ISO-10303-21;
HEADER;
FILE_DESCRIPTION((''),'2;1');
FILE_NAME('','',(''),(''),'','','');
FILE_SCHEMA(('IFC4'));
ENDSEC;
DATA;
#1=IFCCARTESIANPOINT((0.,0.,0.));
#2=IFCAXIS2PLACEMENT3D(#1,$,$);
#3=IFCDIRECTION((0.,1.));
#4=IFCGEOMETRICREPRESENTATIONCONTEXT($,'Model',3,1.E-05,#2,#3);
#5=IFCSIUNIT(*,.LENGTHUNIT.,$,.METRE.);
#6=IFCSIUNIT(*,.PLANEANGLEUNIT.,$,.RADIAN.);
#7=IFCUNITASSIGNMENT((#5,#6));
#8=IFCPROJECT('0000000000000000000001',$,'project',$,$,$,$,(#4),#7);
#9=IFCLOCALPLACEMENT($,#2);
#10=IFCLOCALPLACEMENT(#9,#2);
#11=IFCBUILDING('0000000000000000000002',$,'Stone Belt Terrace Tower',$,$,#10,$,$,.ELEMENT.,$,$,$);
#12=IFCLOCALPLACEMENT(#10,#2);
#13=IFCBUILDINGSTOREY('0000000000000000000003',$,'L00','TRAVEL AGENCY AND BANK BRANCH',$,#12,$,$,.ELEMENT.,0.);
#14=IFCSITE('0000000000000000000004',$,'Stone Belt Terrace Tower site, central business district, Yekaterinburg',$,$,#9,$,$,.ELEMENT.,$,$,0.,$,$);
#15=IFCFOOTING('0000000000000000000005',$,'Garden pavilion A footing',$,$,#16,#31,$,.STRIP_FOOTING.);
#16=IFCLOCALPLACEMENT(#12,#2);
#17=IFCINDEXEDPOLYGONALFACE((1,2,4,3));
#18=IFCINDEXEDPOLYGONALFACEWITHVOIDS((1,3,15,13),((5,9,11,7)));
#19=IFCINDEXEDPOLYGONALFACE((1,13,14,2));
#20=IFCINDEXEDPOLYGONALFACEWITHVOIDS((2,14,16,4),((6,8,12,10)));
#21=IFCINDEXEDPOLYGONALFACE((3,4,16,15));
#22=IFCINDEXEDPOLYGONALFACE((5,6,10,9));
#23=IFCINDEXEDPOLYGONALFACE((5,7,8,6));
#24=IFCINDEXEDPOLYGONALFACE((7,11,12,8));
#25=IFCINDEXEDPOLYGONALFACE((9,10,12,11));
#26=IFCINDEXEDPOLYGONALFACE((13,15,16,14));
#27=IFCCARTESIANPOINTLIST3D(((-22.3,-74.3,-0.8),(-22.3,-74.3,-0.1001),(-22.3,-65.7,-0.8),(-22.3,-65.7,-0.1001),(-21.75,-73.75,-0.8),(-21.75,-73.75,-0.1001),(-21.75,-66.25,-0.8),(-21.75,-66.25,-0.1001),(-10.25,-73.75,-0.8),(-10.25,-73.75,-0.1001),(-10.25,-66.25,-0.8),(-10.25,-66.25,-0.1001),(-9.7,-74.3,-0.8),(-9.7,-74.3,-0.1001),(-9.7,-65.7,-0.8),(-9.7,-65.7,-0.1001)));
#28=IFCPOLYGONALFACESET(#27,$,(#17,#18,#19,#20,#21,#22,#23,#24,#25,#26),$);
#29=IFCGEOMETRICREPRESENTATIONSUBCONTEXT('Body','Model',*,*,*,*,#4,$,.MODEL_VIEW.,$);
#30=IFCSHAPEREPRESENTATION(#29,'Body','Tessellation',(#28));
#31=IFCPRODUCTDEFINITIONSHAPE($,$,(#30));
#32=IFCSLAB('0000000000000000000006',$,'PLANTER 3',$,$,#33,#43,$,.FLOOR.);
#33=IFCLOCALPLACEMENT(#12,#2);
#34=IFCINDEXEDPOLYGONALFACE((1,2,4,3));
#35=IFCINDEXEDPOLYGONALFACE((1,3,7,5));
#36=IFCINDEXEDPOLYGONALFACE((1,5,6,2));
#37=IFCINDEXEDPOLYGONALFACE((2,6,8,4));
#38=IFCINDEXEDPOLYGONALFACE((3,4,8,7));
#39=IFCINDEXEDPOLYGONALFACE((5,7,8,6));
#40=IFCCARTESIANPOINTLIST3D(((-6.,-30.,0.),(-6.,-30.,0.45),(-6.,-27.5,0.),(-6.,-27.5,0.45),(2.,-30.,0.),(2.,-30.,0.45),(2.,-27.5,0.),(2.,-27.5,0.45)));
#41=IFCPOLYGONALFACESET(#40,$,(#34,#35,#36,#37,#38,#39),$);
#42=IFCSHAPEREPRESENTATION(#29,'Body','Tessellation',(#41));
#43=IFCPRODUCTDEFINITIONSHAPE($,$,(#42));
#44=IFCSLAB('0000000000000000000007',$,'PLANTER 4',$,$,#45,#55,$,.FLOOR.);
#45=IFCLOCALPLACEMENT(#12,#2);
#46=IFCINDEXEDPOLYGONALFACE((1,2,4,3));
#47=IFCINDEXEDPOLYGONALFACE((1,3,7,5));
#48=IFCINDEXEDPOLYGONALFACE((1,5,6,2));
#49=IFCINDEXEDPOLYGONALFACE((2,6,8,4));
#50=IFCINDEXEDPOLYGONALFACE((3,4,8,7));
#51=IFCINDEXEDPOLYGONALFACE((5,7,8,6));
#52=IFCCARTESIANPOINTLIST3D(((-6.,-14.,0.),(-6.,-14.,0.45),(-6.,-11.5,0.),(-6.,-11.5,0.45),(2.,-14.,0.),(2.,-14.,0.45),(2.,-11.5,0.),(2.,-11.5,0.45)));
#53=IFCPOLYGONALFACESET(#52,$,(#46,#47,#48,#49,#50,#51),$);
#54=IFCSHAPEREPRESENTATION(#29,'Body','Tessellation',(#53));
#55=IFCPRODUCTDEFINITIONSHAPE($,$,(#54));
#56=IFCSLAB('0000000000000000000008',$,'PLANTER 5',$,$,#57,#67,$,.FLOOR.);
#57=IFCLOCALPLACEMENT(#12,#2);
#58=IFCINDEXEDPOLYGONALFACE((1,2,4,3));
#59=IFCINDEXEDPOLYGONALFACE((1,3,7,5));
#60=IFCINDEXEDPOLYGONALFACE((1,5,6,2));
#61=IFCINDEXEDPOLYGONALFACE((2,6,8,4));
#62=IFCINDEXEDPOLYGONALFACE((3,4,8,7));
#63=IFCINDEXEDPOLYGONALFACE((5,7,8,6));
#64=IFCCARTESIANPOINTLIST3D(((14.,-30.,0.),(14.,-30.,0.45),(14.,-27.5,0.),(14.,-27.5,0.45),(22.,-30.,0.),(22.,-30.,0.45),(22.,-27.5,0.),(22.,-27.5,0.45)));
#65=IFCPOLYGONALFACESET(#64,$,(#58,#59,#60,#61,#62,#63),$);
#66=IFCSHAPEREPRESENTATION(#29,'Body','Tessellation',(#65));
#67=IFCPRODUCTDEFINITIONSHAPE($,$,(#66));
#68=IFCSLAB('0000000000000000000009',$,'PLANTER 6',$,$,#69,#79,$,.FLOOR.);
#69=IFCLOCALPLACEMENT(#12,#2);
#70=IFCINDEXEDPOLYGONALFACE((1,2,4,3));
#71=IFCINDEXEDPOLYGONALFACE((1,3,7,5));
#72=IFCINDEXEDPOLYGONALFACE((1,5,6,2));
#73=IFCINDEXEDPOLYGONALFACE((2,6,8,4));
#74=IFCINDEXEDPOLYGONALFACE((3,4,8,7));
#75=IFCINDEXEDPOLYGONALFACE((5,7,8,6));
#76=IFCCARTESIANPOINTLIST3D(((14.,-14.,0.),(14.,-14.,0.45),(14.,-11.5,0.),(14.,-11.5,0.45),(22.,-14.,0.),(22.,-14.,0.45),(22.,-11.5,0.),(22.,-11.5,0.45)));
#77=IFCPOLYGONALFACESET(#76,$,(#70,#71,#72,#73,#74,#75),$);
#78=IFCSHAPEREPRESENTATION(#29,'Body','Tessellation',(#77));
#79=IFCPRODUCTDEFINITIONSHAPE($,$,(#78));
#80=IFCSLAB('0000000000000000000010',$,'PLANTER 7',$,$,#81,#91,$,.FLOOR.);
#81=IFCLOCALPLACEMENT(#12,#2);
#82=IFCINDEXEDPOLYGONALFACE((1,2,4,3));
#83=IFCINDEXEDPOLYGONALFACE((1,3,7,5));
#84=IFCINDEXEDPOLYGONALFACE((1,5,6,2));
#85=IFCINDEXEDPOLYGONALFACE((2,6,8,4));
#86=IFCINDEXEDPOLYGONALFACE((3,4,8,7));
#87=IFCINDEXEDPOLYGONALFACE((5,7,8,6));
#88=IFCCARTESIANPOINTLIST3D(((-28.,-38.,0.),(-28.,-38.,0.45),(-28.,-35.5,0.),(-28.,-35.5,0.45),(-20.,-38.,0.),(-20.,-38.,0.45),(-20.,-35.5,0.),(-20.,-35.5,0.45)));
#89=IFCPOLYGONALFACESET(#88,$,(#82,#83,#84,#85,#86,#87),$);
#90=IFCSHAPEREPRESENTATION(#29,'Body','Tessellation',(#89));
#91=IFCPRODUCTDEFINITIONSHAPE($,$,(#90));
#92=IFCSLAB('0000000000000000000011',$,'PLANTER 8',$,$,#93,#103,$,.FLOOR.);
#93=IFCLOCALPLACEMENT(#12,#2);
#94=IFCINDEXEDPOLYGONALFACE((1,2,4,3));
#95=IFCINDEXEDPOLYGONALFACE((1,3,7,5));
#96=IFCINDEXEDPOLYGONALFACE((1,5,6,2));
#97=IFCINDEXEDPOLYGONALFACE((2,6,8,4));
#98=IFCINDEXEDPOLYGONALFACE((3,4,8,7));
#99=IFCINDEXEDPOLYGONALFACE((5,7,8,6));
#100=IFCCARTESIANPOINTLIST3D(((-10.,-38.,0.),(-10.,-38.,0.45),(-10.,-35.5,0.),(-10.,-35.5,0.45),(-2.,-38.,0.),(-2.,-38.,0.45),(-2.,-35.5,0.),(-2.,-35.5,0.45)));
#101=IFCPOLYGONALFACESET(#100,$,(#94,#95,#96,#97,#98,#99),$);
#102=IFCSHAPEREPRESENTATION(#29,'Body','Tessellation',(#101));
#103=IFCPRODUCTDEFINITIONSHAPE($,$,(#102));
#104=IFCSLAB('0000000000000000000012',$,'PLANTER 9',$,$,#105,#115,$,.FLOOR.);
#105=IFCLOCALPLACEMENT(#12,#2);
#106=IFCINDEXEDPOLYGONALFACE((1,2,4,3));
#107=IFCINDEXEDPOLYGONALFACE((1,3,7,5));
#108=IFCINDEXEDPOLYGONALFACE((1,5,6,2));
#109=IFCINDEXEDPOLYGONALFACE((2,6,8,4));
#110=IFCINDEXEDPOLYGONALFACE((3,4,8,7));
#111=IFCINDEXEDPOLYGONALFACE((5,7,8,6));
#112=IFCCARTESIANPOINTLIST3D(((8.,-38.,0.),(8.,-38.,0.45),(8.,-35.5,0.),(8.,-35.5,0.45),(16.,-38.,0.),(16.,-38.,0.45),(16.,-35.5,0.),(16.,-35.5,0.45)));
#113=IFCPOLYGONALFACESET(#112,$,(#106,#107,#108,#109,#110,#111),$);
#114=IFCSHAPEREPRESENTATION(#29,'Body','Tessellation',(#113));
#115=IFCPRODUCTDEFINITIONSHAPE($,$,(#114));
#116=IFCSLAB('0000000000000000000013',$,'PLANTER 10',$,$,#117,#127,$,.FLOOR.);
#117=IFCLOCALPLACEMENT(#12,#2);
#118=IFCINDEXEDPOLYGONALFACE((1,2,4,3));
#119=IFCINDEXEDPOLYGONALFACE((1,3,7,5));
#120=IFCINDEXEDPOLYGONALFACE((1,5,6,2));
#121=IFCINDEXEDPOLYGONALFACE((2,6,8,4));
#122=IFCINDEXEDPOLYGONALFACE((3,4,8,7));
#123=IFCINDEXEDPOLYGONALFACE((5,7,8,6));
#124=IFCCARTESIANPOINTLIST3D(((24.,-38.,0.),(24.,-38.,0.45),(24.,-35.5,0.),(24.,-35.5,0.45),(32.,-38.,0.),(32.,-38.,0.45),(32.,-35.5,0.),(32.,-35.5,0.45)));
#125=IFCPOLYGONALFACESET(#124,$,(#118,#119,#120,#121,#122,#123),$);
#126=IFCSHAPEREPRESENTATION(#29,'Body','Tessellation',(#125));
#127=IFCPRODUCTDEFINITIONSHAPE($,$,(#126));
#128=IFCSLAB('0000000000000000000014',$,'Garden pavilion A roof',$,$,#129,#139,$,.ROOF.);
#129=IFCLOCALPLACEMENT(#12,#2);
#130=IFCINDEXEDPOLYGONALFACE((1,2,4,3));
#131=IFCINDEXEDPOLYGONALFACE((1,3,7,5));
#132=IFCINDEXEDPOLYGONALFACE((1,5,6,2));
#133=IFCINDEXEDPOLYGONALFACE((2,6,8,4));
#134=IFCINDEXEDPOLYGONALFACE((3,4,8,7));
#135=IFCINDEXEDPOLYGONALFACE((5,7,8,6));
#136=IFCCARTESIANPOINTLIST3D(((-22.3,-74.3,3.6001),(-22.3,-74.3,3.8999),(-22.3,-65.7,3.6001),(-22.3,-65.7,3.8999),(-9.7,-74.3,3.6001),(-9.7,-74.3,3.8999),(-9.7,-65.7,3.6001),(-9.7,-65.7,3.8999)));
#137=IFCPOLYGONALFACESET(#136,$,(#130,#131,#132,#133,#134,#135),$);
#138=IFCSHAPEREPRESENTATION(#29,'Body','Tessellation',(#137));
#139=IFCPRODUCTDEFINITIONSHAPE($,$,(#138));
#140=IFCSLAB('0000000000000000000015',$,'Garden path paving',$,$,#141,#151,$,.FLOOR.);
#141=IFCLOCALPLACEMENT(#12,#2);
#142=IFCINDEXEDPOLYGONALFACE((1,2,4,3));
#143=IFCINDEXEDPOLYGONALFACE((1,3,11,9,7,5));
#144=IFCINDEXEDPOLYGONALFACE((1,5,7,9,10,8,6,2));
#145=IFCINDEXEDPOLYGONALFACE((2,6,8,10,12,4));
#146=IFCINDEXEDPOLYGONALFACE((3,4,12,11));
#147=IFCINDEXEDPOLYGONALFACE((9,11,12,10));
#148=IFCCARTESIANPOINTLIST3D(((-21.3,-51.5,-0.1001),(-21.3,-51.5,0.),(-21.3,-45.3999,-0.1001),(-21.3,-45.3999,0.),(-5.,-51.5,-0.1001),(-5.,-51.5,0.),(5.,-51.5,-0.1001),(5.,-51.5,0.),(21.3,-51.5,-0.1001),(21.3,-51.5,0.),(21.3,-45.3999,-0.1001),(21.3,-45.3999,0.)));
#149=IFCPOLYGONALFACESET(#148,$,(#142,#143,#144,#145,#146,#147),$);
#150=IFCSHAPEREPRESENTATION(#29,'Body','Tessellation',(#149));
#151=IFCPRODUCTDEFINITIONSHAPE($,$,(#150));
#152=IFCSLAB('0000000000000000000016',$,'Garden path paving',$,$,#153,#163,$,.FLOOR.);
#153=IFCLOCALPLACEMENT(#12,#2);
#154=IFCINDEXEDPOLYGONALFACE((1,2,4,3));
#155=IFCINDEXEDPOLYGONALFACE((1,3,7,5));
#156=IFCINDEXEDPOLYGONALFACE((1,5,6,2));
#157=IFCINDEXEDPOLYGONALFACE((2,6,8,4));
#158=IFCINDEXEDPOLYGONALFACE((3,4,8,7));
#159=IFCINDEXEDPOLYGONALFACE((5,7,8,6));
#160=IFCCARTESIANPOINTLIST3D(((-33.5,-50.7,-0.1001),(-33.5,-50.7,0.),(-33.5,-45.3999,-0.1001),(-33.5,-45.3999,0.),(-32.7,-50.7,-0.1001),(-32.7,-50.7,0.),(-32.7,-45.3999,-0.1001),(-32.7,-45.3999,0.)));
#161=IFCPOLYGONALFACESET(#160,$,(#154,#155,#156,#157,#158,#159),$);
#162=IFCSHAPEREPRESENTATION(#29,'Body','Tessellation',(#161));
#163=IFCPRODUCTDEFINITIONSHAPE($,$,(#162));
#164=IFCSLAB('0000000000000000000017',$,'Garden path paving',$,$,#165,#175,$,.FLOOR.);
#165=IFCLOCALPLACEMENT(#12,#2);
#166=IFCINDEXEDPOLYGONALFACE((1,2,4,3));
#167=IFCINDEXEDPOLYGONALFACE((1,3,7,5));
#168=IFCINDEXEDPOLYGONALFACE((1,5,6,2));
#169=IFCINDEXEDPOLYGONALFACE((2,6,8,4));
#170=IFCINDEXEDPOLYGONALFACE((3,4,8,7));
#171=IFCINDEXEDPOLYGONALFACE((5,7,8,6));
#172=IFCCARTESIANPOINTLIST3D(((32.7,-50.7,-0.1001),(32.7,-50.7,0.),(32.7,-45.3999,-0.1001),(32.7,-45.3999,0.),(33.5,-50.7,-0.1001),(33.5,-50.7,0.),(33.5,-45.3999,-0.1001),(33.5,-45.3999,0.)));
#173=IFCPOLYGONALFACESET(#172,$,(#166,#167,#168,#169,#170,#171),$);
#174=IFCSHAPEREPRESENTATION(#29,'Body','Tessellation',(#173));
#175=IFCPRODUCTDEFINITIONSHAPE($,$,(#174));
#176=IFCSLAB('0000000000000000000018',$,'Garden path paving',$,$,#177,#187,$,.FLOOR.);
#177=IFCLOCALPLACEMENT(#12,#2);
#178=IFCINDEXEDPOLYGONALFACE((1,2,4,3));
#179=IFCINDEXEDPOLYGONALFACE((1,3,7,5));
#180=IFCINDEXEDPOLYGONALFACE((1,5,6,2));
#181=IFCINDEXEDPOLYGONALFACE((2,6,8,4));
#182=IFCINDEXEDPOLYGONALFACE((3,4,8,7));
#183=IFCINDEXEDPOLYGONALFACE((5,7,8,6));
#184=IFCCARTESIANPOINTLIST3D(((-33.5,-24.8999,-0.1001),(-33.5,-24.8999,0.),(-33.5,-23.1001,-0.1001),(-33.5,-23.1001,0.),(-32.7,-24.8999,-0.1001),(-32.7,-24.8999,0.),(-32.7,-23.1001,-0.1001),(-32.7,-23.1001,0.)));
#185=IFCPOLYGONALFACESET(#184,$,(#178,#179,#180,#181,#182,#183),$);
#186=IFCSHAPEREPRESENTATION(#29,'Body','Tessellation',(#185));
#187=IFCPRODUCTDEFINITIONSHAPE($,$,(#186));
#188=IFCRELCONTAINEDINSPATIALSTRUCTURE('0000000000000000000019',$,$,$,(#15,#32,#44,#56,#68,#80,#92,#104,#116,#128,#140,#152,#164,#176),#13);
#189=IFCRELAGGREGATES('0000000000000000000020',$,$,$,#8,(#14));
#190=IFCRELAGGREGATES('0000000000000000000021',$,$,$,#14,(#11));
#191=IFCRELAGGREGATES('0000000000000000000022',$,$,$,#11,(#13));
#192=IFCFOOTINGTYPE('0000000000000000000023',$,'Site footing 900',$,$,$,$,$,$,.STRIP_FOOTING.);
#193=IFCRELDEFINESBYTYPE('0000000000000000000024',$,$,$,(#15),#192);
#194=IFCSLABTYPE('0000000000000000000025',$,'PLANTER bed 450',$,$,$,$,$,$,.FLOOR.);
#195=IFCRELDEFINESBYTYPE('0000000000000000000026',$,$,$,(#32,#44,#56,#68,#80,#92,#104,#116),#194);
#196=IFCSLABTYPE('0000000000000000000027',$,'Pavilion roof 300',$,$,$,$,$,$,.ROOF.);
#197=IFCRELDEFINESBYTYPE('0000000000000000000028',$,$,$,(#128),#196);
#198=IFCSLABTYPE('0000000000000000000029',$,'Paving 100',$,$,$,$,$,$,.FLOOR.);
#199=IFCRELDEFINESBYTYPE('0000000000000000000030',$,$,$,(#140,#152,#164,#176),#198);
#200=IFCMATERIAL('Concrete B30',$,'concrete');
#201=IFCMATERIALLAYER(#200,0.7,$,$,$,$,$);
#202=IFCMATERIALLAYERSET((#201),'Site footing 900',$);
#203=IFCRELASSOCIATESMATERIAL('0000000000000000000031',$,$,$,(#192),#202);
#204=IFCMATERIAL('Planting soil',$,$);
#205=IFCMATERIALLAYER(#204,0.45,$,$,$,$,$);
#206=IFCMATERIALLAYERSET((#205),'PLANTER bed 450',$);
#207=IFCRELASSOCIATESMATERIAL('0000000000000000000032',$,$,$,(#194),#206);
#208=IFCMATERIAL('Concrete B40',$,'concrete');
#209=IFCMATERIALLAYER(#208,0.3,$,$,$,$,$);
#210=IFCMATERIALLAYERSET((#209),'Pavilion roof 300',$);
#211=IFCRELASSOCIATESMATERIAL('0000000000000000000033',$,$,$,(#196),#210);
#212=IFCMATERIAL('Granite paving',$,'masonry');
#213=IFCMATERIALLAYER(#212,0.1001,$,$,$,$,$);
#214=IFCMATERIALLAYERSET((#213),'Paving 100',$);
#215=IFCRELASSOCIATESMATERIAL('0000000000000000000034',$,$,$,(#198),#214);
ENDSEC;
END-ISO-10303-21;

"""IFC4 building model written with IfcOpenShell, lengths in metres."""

from ifc_helpers import new_model, si_unit, direction, frame, origin, place, context, subcontext, project, spatial, polyline, outline, extrude, material, layer, layer_set, type_object, element, save


model = new_model("IFC4")

# Units and contexts
model_context = context("Model", 3, precision=1e-05, world=origin(), true_north=direction((0.0, 1.0)))
body_context = subcontext(model_context, "Body", "Model", "MODEL_VIEW")
ifc_project = project(units=[si_unit("LENGTHUNIT", "METRE"), si_unit("PLANEANGLEUNIT", "RADIAN")], contexts=[model_context])

# Site, building, storey
site_placement = place(None, origin())
site = spatial("IfcSite", under=ifc_project, at=site_placement, Name="Stone Belt Terrace Tower site, central business district, Yekaterinburg", CompositionType="ELEMENT", RefElevation=0.0)
building_placement = place(site_placement, origin())
building = spatial("IfcBuilding", under=site, at=building_placement, Name="Stone Belt Terrace Tower", CompositionType="ELEMENT")
storey_placement = place(building_placement, origin())
storey = spatial("IfcBuildingStorey", under=building, at=storey_placement, Name="L00", Description="TRAVEL AGENCY AND BANK BRANCH", CompositionType="ELEMENT", Elevation=0.0)

# Footing
ifc_material_1 = material(Name="Concrete B30", Category="concrete")
ifc_layer_1 = layer(ifc_material_1, 0.7)
ifc_layer_set_1 = layer_set([ifc_layer_1], Name="Site footing 900")
footing_type = type_object("IfcFootingType", Name="Site footing 900", PredefinedType="STRIP_FOOTING", material=ifc_layer_set_1)
footing_placement = place(storey_placement, frame((0.0, 0.0, -0.8)))
element("IfcFooting", 1, at=footing_placement, inside=storey, type_object=footing_type, Name="Garden pavilion A footing", PredefinedType="STRIP_FOOTING", context=body_context, shape_type="SweptSolid", body=[
    extrude(outline(polyline([(-22.3, -74.3), (-9.7, -74.3), (-9.7, -65.7), (-22.3, -65.7), (-22.3, -74.3)]), holes=[polyline([(-10.25, -66.25), (-21.75, -66.25), (-21.75, -73.75), (-10.25, -73.75), (-10.25, -66.25)])]), origin(), (0.0, 0.0, 1.0), 0.7),
])

# Slabs
ifc_material_2 = material(Name="Planting soil")
ifc_layer_2 = layer(ifc_material_2, 0.45)
ifc_layer_set_2 = layer_set([ifc_layer_2], Name="PLANTER bed 450")
slab_type_1 = type_object("IfcSlabType", Name="PLANTER bed 450", PredefinedType="FLOOR", material=ifc_layer_set_2)
slab_1_placement = place(storey_placement, origin())
element("IfcSlab", 2, at=slab_1_placement, inside=storey, type_object=slab_type_1, Name="PLANTER 3", PredefinedType="FLOOR", context=body_context, shape_type="SweptSolid", body=[
    extrude(outline(polyline([(-6.0, -30.0), (2.0, -30.0), (2.0, -27.5), (-6.0, -27.5), (-6.0, -30.0)])), origin(), (0.0, 0.0, 1.0), 0.45),
])
slab_2_placement = place(storey_placement, origin())
element("IfcSlab", 3, at=slab_2_placement, inside=storey, type_object=slab_type_1, Name="PLANTER 4", PredefinedType="FLOOR", context=body_context, shape_type="SweptSolid", body=[
    extrude(outline(polyline([(-6.0, -14.0), (2.0, -14.0), (2.0, -11.5), (-6.0, -11.5), (-6.0, -14.0)])), origin(), (0.0, 0.0, 1.0), 0.45),
])
slab_3_placement = place(storey_placement, origin())
element("IfcSlab", 4, at=slab_3_placement, inside=storey, type_object=slab_type_1, Name="PLANTER 5", PredefinedType="FLOOR", context=body_context, shape_type="SweptSolid", body=[
    extrude(outline(polyline([(14.0, -30.0), (22.0, -30.0), (22.0, -27.5), (14.0, -27.5), (14.0, -30.0)])), origin(), (0.0, 0.0, 1.0), 0.45),
])
slab_4_placement = place(storey_placement, origin())
element("IfcSlab", 5, at=slab_4_placement, inside=storey, type_object=slab_type_1, Name="PLANTER 6", PredefinedType="FLOOR", context=body_context, shape_type="SweptSolid", body=[
    extrude(outline(polyline([(14.0, -14.0), (22.0, -14.0), (22.0, -11.5), (14.0, -11.5), (14.0, -14.0)])), origin(), (0.0, 0.0, 1.0), 0.45),
])
slab_5_placement = place(storey_placement, origin())
element("IfcSlab", 6, at=slab_5_placement, inside=storey, type_object=slab_type_1, Name="PLANTER 7", PredefinedType="FLOOR", context=body_context, shape_type="SweptSolid", body=[
    extrude(outline(polyline([(-28.0, -38.0), (-20.0, -38.0), (-20.0, -35.5), (-28.0, -35.5), (-28.0, -38.0)])), origin(), (0.0, 0.0, 1.0), 0.45),
])
slab_6_placement = place(storey_placement, origin())
element("IfcSlab", 7, at=slab_6_placement, inside=storey, type_object=slab_type_1, Name="PLANTER 8", PredefinedType="FLOOR", context=body_context, shape_type="SweptSolid", body=[
    extrude(outline(polyline([(-10.0, -38.0), (-2.0, -38.0), (-2.0, -35.5), (-10.0, -35.5), (-10.0, -38.0)])), origin(), (0.0, 0.0, 1.0), 0.45),
])
slab_7_placement = place(storey_placement, origin())
element("IfcSlab", 8, at=slab_7_placement, inside=storey, type_object=slab_type_1, Name="PLANTER 9", PredefinedType="FLOOR", context=body_context, shape_type="SweptSolid", body=[
    extrude(outline(polyline([(8.0, -38.0), (16.0, -38.0), (16.0, -35.5), (8.0, -35.5), (8.0, -38.0)])), origin(), (0.0, 0.0, 1.0), 0.45),
])
slab_8_placement = place(storey_placement, origin())
element("IfcSlab", 9, at=slab_8_placement, inside=storey, type_object=slab_type_1, Name="PLANTER 10", PredefinedType="FLOOR", context=body_context, shape_type="SweptSolid", body=[
    extrude(outline(polyline([(24.0, -38.0), (32.0, -38.0), (32.0, -35.5), (24.0, -35.5), (24.0, -38.0)])), origin(), (0.0, 0.0, 1.0), 0.45),
])
ifc_material_3 = material(Name="Concrete B40", Category="concrete")
ifc_layer_3 = layer(ifc_material_3, 0.3)
ifc_layer_set_3 = layer_set([ifc_layer_3], Name="Pavilion roof 300")
slab_type_2 = type_object("IfcSlabType", Name="Pavilion roof 300", PredefinedType="ROOF", material=ifc_layer_set_3)
slab_9_placement = place(storey_placement, frame((0.0, 0.0, 3.6001)))
element("IfcSlab", 10, at=slab_9_placement, inside=storey, type_object=slab_type_2, Name="Garden pavilion A roof", PredefinedType="ROOF", context=body_context, shape_type="SweptSolid", body=[
    extrude(outline(polyline([(-22.3, -74.3), (-9.7, -74.3), (-9.7, -65.7), (-22.3, -65.7), (-22.3, -74.3)])), origin(), (0.0, 0.0, 1.0), 0.2998),
])
ifc_material_4 = material(Name="Granite paving", Category="masonry")
ifc_layer_4 = layer(ifc_material_4, 0.1001)
ifc_layer_set_4 = layer_set([ifc_layer_4], Name="Paving 100")
slab_type_3 = type_object("IfcSlabType", Name="Paving 100", PredefinedType="FLOOR", material=ifc_layer_set_4)
slab_10_placement = place(storey_placement, frame((0.0, 0.0, -0.1001)))
element("IfcSlab", 11, at=slab_10_placement, inside=storey, type_object=slab_type_3, Name="Garden path paving", PredefinedType="FLOOR", context=body_context, shape_type="SweptSolid", body=[
    extrude(outline(polyline([(-21.3, -51.5), (-5.0, -51.5), (5.0, -51.5), (21.3, -51.5), (21.3, -45.3999), (-21.3, -45.3999), (-21.3, -51.5)])), origin(), (0.0, 0.0, 1.0), 0.1001),
])
slab_11_placement = place(storey_placement, frame((0.0, 0.0, -0.1001)))
element("IfcSlab", 12, at=slab_11_placement, inside=storey, type_object=slab_type_3, Name="Garden path paving", PredefinedType="FLOOR", context=body_context, shape_type="SweptSolid", body=[
    extrude(outline(polyline([(-33.5, -50.7), (-32.7, -50.7), (-32.7, -45.3999), (-33.5, -45.3999), (-33.5, -50.7)])), origin(), (0.0, 0.0, 1.0), 0.1001),
])
slab_12_placement = place(storey_placement, frame((0.0, 0.0, -0.1001)))
element("IfcSlab", 13, at=slab_12_placement, inside=storey, type_object=slab_type_3, Name="Garden path paving", PredefinedType="FLOOR", context=body_context, shape_type="SweptSolid", body=[
    extrude(outline(polyline([(32.7, -50.7), (33.5, -50.7), (33.5, -45.3999), (32.7, -45.3999), (32.7, -50.7)])), origin(), (0.0, 0.0, 1.0), 0.1001),
])
slab_13_placement = place(storey_placement, frame((0.0, 0.0, -0.1001)))
element("IfcSlab", 14, at=slab_13_placement, inside=storey, type_object=slab_type_3, Name="Garden path paving", PredefinedType="FLOOR", context=body_context, shape_type="SweptSolid", body=[
    extrude(outline(polyline([(-33.5, -24.8999), (-32.7, -24.8999), (-32.7, -23.1001), (-33.5, -23.1001), (-33.5, -24.8999)])), origin(), (0.0, 0.0, 1.0), 0.1001),
])

save(model, "model.ifc")
